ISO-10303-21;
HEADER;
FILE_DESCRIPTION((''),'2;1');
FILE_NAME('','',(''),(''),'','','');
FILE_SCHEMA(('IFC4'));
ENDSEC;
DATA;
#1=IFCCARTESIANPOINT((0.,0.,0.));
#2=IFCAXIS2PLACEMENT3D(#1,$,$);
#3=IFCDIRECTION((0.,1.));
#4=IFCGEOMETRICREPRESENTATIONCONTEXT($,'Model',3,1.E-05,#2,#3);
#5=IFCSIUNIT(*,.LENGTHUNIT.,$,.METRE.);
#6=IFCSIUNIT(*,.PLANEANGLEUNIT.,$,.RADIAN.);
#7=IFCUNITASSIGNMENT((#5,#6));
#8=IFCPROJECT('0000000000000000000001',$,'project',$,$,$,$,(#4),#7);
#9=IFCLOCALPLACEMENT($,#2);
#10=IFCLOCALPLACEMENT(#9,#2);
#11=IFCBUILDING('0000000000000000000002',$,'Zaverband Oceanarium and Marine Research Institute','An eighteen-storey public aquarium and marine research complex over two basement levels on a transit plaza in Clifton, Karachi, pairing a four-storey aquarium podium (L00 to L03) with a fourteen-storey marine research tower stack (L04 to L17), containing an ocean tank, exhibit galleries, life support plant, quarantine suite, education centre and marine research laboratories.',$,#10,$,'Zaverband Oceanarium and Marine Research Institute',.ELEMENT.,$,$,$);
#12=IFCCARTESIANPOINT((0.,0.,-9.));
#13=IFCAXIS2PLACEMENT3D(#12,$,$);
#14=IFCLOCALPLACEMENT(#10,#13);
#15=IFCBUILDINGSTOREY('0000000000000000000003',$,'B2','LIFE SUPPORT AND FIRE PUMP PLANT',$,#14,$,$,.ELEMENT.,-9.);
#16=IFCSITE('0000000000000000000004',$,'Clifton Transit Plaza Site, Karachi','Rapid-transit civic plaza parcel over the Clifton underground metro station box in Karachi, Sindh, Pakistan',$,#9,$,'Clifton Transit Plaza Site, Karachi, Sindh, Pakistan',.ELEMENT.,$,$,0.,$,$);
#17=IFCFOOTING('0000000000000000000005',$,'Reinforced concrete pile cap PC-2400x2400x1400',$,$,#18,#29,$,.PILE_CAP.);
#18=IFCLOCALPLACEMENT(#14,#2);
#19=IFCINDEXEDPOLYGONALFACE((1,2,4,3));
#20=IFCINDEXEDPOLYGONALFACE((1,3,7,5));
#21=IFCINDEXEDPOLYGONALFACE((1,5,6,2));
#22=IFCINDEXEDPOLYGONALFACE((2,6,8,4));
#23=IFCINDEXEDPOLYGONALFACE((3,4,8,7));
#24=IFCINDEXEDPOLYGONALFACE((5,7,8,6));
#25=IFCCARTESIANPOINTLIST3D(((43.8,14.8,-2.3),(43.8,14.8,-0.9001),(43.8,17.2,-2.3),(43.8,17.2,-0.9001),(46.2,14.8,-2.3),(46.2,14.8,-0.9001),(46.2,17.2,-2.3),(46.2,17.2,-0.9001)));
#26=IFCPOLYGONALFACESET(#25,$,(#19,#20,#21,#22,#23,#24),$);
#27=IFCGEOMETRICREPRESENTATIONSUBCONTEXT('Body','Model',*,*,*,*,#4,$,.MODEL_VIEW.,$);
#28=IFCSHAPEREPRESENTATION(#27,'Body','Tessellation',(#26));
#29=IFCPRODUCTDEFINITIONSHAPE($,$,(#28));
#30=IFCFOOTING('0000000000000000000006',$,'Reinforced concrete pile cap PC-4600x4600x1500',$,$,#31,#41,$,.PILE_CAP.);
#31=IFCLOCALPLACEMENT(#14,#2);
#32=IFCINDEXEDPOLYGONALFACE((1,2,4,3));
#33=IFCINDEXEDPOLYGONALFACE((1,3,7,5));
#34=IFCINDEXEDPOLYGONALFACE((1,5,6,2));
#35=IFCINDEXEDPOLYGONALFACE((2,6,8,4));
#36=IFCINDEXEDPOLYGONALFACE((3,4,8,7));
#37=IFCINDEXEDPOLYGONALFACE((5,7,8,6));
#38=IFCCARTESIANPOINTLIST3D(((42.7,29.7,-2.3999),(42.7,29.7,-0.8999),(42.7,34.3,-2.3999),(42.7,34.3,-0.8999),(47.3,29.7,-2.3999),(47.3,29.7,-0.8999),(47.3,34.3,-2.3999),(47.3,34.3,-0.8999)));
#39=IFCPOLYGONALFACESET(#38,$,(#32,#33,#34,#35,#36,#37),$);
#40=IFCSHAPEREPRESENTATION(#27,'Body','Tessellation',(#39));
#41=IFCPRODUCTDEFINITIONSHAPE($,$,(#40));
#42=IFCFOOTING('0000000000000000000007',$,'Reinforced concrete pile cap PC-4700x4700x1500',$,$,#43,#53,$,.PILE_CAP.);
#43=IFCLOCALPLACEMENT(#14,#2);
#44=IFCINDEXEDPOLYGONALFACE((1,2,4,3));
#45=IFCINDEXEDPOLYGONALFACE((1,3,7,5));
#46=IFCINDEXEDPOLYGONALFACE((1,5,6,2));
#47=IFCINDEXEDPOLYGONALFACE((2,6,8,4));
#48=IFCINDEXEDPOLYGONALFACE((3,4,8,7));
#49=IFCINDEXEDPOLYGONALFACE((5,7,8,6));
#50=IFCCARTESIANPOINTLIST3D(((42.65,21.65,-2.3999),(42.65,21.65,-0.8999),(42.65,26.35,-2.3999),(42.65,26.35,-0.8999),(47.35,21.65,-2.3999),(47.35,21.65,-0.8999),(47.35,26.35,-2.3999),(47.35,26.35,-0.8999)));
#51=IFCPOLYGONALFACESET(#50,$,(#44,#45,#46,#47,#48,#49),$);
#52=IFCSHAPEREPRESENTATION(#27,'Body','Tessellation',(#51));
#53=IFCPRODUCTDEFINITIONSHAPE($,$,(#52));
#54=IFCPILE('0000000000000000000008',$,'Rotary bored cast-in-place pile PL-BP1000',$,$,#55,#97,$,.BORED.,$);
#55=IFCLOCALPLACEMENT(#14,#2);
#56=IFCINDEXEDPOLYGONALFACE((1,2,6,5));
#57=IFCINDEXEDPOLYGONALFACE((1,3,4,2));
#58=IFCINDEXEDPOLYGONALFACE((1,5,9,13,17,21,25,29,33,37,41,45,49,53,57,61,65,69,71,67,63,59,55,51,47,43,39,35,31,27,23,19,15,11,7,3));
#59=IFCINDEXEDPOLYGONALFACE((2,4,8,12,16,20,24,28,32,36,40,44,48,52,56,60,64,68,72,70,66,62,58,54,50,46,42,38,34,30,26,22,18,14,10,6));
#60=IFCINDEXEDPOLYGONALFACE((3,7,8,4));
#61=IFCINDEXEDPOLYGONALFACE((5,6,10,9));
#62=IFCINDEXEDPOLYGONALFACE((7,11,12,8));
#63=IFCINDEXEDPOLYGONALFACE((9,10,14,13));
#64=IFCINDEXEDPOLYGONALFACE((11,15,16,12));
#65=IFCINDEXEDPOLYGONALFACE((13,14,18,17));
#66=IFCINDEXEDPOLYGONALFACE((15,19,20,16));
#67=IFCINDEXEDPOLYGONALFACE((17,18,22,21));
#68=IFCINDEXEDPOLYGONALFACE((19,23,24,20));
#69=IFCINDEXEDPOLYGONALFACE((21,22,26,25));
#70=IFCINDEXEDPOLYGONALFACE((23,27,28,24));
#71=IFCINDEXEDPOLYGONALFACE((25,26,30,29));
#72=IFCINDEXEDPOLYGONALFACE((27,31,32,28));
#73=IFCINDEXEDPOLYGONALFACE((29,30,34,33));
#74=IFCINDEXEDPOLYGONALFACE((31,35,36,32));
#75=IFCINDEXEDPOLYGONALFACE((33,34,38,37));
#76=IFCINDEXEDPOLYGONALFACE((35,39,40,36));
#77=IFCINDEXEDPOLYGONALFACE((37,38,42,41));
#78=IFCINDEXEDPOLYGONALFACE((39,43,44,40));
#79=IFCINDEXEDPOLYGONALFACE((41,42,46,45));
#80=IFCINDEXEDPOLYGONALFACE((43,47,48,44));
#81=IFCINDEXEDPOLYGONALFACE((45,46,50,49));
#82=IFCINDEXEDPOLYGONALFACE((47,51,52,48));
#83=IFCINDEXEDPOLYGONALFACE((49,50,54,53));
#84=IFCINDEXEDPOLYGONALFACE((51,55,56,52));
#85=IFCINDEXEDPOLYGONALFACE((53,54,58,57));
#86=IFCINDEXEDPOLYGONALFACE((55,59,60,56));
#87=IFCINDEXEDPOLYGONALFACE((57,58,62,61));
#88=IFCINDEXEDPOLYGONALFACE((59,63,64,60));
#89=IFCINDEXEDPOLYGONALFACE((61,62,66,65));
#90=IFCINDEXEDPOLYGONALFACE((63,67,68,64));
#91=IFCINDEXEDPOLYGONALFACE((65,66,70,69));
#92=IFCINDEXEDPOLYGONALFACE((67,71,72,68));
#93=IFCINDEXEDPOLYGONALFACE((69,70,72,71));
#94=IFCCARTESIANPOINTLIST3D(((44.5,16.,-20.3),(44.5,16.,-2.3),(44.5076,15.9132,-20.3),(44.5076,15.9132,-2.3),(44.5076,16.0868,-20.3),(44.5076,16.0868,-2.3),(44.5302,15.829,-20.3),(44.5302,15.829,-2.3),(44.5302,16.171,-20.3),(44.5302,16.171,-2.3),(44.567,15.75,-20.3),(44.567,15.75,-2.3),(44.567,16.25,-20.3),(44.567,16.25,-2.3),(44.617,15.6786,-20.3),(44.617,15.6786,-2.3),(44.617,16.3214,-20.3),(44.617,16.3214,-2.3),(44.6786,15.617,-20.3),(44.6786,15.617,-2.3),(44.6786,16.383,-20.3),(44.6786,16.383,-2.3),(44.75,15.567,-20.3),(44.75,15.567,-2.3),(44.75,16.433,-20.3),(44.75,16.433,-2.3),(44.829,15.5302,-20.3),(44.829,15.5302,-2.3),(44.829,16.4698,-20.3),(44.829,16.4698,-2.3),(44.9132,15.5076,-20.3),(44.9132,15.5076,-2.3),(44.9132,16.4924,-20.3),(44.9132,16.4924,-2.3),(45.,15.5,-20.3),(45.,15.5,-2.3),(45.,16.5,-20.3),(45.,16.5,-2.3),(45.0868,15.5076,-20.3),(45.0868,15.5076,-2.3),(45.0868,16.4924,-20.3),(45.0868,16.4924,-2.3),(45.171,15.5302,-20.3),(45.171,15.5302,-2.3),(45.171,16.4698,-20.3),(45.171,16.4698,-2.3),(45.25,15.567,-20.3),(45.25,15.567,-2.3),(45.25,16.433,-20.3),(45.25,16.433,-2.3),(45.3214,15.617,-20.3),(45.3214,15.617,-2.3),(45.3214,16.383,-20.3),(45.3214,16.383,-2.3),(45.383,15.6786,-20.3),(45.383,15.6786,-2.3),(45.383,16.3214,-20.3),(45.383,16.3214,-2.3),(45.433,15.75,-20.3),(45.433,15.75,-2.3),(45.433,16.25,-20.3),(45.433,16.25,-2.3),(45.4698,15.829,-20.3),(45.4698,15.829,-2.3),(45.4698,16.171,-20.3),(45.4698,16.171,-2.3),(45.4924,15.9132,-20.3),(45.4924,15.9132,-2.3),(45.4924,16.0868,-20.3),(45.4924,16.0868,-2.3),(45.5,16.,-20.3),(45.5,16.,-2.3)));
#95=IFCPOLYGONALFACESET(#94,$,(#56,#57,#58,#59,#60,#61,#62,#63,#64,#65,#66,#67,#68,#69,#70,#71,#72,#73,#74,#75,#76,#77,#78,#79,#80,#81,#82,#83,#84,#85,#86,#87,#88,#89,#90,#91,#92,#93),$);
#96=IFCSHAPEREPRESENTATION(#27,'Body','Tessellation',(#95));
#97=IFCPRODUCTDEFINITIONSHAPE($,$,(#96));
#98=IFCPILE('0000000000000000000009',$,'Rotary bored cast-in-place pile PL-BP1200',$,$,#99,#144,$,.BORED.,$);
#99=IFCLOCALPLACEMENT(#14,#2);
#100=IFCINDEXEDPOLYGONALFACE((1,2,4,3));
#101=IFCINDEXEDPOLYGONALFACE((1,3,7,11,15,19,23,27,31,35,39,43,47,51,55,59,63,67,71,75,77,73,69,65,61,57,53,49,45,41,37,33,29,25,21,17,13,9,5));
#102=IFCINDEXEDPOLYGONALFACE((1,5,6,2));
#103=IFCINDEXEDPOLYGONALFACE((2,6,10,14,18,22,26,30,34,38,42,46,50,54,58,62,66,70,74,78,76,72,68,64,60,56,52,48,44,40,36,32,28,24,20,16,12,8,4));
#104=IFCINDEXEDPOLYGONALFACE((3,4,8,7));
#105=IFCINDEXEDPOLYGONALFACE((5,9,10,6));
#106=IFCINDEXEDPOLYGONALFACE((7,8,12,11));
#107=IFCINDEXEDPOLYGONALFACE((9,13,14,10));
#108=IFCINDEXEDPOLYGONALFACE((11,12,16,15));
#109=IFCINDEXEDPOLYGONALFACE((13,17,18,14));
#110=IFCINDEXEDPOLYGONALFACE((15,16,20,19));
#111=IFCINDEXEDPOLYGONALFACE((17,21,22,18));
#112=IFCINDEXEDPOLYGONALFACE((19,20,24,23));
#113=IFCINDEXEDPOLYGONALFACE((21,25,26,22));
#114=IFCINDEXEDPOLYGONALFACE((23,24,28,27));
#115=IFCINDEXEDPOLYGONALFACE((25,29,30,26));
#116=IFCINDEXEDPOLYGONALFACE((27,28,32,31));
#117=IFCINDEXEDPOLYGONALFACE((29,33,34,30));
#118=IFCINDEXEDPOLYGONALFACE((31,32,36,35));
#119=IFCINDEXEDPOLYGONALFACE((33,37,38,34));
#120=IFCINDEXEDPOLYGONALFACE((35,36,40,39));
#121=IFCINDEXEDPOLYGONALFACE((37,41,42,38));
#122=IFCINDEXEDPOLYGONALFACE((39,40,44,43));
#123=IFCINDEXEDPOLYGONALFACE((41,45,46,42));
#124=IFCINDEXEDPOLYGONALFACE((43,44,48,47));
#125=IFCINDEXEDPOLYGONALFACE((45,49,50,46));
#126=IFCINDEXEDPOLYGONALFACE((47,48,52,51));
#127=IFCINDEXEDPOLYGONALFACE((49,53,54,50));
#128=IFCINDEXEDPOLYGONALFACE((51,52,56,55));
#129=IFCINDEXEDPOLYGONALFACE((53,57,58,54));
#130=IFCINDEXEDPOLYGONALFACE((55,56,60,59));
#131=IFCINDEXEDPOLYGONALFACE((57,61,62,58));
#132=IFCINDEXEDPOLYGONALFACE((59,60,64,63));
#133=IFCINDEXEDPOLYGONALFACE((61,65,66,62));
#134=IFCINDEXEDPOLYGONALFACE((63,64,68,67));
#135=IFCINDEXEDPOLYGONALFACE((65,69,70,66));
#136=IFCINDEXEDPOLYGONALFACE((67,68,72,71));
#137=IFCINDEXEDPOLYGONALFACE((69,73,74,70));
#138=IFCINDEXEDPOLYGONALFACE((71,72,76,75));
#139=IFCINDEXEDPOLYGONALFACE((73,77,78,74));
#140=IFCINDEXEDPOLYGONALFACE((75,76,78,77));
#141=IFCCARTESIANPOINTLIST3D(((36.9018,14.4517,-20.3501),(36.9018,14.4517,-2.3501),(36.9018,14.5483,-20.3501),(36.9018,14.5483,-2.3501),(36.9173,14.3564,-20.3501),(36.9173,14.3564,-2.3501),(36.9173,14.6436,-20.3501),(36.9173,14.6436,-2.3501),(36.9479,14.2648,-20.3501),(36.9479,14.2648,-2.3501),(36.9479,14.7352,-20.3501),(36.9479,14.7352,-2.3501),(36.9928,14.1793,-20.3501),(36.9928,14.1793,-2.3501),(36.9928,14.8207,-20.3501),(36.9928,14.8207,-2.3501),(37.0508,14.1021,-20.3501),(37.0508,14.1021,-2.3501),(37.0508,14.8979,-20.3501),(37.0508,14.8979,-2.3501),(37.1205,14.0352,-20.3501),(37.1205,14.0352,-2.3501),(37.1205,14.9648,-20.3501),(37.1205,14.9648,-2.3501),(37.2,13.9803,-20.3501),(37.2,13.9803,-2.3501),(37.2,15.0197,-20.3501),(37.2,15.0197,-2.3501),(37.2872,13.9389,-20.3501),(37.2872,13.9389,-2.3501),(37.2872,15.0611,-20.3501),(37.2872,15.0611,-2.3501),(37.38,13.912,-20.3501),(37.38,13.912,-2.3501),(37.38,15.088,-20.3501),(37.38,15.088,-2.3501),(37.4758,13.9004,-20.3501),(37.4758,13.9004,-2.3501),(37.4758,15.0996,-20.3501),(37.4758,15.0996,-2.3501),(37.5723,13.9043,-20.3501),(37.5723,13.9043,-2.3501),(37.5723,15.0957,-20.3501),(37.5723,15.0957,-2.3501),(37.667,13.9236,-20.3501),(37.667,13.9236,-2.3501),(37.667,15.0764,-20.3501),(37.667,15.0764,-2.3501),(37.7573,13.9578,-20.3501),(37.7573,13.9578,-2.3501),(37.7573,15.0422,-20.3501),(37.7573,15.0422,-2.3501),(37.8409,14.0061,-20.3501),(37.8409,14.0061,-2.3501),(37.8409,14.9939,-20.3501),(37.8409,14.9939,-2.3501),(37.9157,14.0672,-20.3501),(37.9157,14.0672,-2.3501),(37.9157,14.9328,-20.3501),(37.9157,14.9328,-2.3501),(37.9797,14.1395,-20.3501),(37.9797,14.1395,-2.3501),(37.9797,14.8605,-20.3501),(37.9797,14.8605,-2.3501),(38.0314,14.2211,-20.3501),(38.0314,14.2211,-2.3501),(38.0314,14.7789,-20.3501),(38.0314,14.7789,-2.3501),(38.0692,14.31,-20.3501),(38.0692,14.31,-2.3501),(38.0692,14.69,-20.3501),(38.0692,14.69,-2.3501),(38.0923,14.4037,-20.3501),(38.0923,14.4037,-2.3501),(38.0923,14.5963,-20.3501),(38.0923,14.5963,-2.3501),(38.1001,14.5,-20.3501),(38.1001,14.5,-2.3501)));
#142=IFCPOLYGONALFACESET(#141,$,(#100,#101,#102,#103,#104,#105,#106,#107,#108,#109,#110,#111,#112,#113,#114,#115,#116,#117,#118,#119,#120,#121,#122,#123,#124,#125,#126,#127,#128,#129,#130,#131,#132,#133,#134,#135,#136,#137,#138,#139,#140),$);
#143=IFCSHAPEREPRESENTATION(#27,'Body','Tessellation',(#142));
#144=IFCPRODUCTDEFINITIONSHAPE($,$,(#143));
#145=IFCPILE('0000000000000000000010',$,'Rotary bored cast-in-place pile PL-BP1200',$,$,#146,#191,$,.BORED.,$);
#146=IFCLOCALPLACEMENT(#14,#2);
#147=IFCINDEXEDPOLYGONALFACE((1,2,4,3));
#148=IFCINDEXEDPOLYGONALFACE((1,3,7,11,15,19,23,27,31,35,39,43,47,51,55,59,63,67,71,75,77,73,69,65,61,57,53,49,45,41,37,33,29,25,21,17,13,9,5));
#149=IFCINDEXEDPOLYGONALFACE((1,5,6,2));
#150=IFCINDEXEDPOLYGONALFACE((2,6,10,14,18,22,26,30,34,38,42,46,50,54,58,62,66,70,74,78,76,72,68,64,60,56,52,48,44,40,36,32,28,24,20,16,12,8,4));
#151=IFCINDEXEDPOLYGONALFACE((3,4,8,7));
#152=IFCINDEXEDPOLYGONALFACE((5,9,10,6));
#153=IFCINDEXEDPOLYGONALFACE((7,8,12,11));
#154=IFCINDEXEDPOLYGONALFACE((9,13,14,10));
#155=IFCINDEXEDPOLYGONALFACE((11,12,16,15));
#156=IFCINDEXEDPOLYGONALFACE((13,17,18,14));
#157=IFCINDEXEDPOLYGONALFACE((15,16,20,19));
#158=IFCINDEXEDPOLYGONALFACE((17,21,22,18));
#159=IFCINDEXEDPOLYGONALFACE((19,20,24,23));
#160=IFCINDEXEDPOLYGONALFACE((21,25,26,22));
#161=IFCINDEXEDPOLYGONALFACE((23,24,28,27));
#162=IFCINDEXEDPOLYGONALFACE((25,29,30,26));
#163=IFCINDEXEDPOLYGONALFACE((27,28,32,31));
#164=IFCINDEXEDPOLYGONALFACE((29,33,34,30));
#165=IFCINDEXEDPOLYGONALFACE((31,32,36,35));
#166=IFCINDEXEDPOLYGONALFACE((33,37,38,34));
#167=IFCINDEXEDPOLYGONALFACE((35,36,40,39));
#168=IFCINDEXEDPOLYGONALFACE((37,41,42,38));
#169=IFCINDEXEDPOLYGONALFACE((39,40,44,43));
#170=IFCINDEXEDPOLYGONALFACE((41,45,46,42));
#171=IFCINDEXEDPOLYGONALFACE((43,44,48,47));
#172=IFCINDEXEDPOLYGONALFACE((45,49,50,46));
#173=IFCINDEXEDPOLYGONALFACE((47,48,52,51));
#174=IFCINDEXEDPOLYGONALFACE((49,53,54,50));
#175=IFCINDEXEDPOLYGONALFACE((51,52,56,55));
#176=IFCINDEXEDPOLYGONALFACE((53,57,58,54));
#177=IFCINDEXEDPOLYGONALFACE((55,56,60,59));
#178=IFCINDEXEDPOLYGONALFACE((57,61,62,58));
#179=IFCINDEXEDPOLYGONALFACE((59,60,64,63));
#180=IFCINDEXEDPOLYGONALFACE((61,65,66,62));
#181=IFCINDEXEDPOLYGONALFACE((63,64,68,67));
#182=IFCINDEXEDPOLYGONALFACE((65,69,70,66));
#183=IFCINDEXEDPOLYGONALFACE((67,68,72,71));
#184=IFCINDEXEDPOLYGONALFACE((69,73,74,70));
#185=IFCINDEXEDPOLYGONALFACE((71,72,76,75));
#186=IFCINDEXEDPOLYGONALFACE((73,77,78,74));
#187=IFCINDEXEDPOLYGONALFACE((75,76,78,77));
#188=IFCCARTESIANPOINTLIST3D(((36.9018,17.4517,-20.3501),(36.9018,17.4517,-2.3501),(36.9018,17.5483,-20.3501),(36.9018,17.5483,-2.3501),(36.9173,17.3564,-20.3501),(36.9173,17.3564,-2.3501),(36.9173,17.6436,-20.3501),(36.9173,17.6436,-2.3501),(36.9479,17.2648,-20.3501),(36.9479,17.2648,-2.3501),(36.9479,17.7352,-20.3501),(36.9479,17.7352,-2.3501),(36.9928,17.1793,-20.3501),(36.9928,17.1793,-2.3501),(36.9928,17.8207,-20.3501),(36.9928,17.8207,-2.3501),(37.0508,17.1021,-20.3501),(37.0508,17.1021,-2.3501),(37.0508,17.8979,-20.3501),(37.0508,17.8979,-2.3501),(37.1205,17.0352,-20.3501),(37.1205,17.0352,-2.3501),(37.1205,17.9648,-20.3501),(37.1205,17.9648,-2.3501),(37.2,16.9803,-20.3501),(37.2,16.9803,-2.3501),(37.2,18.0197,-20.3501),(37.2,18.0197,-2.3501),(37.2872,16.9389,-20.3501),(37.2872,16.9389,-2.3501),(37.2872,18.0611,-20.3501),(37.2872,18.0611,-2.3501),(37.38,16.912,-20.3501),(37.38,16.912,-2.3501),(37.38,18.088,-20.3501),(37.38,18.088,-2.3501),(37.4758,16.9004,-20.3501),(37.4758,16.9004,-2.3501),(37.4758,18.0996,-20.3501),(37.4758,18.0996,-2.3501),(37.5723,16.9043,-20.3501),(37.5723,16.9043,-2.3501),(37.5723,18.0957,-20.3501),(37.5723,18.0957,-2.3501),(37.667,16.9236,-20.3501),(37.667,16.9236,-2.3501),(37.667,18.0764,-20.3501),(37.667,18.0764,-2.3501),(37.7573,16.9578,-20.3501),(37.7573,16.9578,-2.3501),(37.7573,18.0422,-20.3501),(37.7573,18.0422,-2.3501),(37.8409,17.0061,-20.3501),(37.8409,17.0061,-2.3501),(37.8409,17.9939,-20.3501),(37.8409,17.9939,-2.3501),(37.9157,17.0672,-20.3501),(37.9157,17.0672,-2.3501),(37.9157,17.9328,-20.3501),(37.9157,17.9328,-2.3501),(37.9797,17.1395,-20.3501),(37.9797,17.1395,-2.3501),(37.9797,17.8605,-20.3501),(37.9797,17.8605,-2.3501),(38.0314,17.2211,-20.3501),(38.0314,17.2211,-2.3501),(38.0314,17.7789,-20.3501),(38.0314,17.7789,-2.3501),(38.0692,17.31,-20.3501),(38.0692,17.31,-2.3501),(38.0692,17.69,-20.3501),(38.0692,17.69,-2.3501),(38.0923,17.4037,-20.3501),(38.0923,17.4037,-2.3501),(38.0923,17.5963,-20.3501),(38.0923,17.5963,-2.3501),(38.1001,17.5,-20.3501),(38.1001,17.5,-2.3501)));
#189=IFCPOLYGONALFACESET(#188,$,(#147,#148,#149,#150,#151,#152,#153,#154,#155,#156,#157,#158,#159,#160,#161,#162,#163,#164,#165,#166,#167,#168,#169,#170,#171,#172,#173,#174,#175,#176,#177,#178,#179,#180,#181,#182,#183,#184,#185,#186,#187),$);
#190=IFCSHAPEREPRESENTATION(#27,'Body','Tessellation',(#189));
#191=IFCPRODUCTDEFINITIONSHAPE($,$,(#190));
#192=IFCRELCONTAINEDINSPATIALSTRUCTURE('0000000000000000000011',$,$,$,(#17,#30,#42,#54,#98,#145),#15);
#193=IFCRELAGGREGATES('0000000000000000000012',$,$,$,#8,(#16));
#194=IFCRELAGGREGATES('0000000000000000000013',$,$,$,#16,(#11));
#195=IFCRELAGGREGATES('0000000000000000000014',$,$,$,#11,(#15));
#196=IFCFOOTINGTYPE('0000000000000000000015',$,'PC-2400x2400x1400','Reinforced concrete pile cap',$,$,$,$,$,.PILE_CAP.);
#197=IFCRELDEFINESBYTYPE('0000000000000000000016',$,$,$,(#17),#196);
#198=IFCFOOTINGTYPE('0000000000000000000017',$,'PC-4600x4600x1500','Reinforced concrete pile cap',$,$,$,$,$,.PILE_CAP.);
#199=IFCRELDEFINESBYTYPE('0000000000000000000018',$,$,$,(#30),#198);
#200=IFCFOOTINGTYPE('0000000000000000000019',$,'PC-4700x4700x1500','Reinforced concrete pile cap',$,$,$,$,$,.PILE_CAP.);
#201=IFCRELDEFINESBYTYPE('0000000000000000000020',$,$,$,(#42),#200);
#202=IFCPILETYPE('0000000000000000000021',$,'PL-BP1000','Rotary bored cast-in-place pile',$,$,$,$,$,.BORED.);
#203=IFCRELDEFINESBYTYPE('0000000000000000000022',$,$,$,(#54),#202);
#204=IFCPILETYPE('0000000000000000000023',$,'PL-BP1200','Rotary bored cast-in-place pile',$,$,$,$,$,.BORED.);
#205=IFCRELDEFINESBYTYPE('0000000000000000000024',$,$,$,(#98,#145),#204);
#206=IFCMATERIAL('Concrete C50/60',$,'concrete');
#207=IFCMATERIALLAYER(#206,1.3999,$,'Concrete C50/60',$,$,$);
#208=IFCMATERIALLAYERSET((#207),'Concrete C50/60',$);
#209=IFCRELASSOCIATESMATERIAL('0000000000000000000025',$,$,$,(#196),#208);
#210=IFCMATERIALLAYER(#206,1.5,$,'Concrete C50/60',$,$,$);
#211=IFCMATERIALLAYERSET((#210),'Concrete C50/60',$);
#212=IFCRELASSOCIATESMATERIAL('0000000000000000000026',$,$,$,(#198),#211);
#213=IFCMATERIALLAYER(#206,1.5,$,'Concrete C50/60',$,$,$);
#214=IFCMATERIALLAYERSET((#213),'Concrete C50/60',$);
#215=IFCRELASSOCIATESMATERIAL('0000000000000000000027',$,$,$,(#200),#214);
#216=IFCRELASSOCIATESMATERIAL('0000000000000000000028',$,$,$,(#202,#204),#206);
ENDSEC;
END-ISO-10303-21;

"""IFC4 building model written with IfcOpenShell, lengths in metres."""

from ifc_helpers import new_model, si_unit, direction, frame, origin, origin_2d, place, context, subcontext, project, spatial, rectangle, circle, extrude, material, layer, layer_set, material_profile, profile_set, type_object, element, save


model = new_model("IFC4")

# Units and contexts
model_context = context("Model", 3, precision=1e-05, world=origin(), true_north=direction((0.0, 1.0)))
body_context = subcontext(model_context, "Body", "Model", "MODEL_VIEW")
ifc_project = project(units=[si_unit("LENGTHUNIT", "METRE"), si_unit("PLANEANGLEUNIT", "RADIAN")], contexts=[model_context])

# Site, building, storey
site_placement = place(None, origin())
site = spatial("IfcSite", under=ifc_project, at=site_placement, Name="Clifton Transit Plaza Site, Karachi", Description="Rapid-transit civic plaza parcel over the Clifton underground metro station box in Karachi, Sindh, Pakistan", LongName="Clifton Transit Plaza Site, Karachi, Sindh, Pakistan", CompositionType="ELEMENT", RefElevation=0.0)
building_placement = place(site_placement, origin())
building = spatial("IfcBuilding", under=site, at=building_placement, Name="Zaverband Oceanarium and Marine Research Institute", Description="An eighteen-storey public aquarium and marine research complex over two basement levels on a transit plaza in Clifton, Karachi, pairing a four-storey aquarium podium (L00 to L03) with a fourteen-storey marine research tower stack (L04 to L17), containing an ocean tank, exhibit galleries, life support plant, quarantine suite, education centre and marine research laboratories.", LongName="Zaverband Oceanarium and Marine Research Institute", CompositionType="ELEMENT")
storey_placement = place(building_placement, frame((0.0, 0.0, -9.0)))
storey = spatial("IfcBuildingStorey", under=building, at=storey_placement, Name="B2", Description="LIFE SUPPORT AND FIRE PUMP PLANT", CompositionType="ELEMENT", Elevation=-9.0)

# Footings
ifc_material_1 = material(Name="Concrete C50/60", Category="concrete")
ifc_layer_1 = layer(ifc_material_1, 1.3999, Name="Concrete C50/60")
ifc_layer_set_1 = layer_set([ifc_layer_1], Name="Concrete C50/60")
footing_type_1 = type_object("IfcFootingType", Name="PC-2400x2400x1400", Description="Reinforced concrete pile cap", PredefinedType="PILE_CAP", material=ifc_layer_set_1)
footing_1_placement = place(storey_placement, frame((45.0, 16.0, -2.3), z_axis=(0.0, 0.0, 1.0), x_axis=(1.0, 0.0, 0.0)))
element("IfcFooting", 1, at=footing_1_placement, inside=storey, type_object=footing_type_1, Name="Reinforced concrete pile cap PC-2400x2400x1400", PredefinedType="PILE_CAP", context=body_context, shape_type="SweptSolid", body=[
    extrude(rectangle(XDim=2.3999, YDim=2.3999, at=origin_2d()), origin(), (0.0, 0.0, 1.0), 1.3999),
])
ifc_layer_2 = layer(ifc_material_1, 1.5, Name="Concrete C50/60")
ifc_layer_set_2 = layer_set([ifc_layer_2], Name="Concrete C50/60")
footing_type_2 = type_object("IfcFootingType", Name="PC-4600x4600x1500", Description="Reinforced concrete pile cap", PredefinedType="PILE_CAP", material=ifc_layer_set_2)
footing_2_placement = place(storey_placement, frame((45.0, 32.0, -2.3999), z_axis=(0.0, 0.0, 1.0), x_axis=(1.0, 0.0, 0.0)))
element("IfcFooting", 2, at=footing_2_placement, inside=storey, type_object=footing_type_2, Name="Reinforced concrete pile cap PC-4600x4600x1500", PredefinedType="PILE_CAP", context=body_context, shape_type="SweptSolid", body=[
    extrude(rectangle(XDim=4.6001, YDim=4.6001, at=origin_2d()), origin(), (0.0, 0.0, 1.0), 1.5),
])
ifc_layer_3 = layer(ifc_material_1, 1.5, Name="Concrete C50/60")
ifc_layer_set_3 = layer_set([ifc_layer_3], Name="Concrete C50/60")
footing_type_3 = type_object("IfcFootingType", Name="PC-4700x4700x1500", Description="Reinforced concrete pile cap", PredefinedType="PILE_CAP", material=ifc_layer_set_3)
footing_3_placement = place(storey_placement, frame((45.0, 24.0, -2.3999), z_axis=(0.0, 0.0, 1.0), x_axis=(1.0, 0.0, 0.0)))
element("IfcFooting", 3, at=footing_3_placement, inside=storey, type_object=footing_type_3, Name="Reinforced concrete pile cap PC-4700x4700x1500", PredefinedType="PILE_CAP", context=body_context, shape_type="SweptSolid", body=[
    extrude(rectangle(XDim=4.7, YDim=4.7, at=origin_2d()), origin(), (0.0, 0.0, 1.0), 1.5),
])

# Piles
ifc_material_profile_1 = material_profile(ifc_material_1, circle(Radius=0.5, at=origin_2d()), Name="BP1000")
ifc_profile_set_1 = profile_set([ifc_material_profile_1], Name="Concrete C50/60")
pile_type_1 = type_object("IfcPileType", Name="PL-BP1000", Description="Rotary bored cast-in-place pile", PredefinedType="BORED", material=ifc_profile_set_1)
pile_placement = place(storey_placement, frame((45.0, 16.0, -2.3), z_axis=(0.0, 0.0, -1.0), x_axis=(1.0, 0.0, 0.0)))
element("IfcPile", 4, at=pile_placement, inside=storey, type_object=pile_type_1, Name="Rotary bored cast-in-place pile PL-BP1000", PredefinedType="BORED", context=body_context, shape_type="SweptSolid", body=[
    extrude(circle(Radius=0.5, at=origin_2d()), origin(), (0.0, 0.0, 1.0), 18.0),
])
ifc_material_profile_2 = material_profile(ifc_material_1, circle(Radius=0.6001, at=origin_2d()), Name="BP1200")
ifc_profile_set_2 = profile_set([ifc_material_profile_2], Name="Concrete C50/60")
pile_type_2 = type_object("IfcPileType", Name="PL-BP1200", Description="Rotary bored cast-in-place pile", PredefinedType="BORED", material=ifc_profile_set_2)
for number, where, z_axis, x_axis, name in (
    (5, (37.5, 14.5, -2.3501), (0.0, 0.0, -1.0), (1.0, 0.0, 0.0), "Rotary bored cast-in-place pile PL-BP1200"),
    (6, (37.5, 17.5, -2.3501), (0.0, 0.0, -1.0), (1.0, 0.0, 0.0), "Rotary bored cast-in-place pile PL-BP1200"),
):
    element("IfcPile", number, at=place(storey_placement, frame(where, z_axis=z_axis, x_axis=x_axis)), inside=storey, type_object=pile_type_2, Name=name, PredefinedType="BORED", context=body_context, shape_type="SweptSolid", body=[
        extrude(circle(Radius=0.6001, at=origin_2d()), origin(), (0.0, 0.0, 1.0), 18.0),
    ])

save(model, "model.ifc")
